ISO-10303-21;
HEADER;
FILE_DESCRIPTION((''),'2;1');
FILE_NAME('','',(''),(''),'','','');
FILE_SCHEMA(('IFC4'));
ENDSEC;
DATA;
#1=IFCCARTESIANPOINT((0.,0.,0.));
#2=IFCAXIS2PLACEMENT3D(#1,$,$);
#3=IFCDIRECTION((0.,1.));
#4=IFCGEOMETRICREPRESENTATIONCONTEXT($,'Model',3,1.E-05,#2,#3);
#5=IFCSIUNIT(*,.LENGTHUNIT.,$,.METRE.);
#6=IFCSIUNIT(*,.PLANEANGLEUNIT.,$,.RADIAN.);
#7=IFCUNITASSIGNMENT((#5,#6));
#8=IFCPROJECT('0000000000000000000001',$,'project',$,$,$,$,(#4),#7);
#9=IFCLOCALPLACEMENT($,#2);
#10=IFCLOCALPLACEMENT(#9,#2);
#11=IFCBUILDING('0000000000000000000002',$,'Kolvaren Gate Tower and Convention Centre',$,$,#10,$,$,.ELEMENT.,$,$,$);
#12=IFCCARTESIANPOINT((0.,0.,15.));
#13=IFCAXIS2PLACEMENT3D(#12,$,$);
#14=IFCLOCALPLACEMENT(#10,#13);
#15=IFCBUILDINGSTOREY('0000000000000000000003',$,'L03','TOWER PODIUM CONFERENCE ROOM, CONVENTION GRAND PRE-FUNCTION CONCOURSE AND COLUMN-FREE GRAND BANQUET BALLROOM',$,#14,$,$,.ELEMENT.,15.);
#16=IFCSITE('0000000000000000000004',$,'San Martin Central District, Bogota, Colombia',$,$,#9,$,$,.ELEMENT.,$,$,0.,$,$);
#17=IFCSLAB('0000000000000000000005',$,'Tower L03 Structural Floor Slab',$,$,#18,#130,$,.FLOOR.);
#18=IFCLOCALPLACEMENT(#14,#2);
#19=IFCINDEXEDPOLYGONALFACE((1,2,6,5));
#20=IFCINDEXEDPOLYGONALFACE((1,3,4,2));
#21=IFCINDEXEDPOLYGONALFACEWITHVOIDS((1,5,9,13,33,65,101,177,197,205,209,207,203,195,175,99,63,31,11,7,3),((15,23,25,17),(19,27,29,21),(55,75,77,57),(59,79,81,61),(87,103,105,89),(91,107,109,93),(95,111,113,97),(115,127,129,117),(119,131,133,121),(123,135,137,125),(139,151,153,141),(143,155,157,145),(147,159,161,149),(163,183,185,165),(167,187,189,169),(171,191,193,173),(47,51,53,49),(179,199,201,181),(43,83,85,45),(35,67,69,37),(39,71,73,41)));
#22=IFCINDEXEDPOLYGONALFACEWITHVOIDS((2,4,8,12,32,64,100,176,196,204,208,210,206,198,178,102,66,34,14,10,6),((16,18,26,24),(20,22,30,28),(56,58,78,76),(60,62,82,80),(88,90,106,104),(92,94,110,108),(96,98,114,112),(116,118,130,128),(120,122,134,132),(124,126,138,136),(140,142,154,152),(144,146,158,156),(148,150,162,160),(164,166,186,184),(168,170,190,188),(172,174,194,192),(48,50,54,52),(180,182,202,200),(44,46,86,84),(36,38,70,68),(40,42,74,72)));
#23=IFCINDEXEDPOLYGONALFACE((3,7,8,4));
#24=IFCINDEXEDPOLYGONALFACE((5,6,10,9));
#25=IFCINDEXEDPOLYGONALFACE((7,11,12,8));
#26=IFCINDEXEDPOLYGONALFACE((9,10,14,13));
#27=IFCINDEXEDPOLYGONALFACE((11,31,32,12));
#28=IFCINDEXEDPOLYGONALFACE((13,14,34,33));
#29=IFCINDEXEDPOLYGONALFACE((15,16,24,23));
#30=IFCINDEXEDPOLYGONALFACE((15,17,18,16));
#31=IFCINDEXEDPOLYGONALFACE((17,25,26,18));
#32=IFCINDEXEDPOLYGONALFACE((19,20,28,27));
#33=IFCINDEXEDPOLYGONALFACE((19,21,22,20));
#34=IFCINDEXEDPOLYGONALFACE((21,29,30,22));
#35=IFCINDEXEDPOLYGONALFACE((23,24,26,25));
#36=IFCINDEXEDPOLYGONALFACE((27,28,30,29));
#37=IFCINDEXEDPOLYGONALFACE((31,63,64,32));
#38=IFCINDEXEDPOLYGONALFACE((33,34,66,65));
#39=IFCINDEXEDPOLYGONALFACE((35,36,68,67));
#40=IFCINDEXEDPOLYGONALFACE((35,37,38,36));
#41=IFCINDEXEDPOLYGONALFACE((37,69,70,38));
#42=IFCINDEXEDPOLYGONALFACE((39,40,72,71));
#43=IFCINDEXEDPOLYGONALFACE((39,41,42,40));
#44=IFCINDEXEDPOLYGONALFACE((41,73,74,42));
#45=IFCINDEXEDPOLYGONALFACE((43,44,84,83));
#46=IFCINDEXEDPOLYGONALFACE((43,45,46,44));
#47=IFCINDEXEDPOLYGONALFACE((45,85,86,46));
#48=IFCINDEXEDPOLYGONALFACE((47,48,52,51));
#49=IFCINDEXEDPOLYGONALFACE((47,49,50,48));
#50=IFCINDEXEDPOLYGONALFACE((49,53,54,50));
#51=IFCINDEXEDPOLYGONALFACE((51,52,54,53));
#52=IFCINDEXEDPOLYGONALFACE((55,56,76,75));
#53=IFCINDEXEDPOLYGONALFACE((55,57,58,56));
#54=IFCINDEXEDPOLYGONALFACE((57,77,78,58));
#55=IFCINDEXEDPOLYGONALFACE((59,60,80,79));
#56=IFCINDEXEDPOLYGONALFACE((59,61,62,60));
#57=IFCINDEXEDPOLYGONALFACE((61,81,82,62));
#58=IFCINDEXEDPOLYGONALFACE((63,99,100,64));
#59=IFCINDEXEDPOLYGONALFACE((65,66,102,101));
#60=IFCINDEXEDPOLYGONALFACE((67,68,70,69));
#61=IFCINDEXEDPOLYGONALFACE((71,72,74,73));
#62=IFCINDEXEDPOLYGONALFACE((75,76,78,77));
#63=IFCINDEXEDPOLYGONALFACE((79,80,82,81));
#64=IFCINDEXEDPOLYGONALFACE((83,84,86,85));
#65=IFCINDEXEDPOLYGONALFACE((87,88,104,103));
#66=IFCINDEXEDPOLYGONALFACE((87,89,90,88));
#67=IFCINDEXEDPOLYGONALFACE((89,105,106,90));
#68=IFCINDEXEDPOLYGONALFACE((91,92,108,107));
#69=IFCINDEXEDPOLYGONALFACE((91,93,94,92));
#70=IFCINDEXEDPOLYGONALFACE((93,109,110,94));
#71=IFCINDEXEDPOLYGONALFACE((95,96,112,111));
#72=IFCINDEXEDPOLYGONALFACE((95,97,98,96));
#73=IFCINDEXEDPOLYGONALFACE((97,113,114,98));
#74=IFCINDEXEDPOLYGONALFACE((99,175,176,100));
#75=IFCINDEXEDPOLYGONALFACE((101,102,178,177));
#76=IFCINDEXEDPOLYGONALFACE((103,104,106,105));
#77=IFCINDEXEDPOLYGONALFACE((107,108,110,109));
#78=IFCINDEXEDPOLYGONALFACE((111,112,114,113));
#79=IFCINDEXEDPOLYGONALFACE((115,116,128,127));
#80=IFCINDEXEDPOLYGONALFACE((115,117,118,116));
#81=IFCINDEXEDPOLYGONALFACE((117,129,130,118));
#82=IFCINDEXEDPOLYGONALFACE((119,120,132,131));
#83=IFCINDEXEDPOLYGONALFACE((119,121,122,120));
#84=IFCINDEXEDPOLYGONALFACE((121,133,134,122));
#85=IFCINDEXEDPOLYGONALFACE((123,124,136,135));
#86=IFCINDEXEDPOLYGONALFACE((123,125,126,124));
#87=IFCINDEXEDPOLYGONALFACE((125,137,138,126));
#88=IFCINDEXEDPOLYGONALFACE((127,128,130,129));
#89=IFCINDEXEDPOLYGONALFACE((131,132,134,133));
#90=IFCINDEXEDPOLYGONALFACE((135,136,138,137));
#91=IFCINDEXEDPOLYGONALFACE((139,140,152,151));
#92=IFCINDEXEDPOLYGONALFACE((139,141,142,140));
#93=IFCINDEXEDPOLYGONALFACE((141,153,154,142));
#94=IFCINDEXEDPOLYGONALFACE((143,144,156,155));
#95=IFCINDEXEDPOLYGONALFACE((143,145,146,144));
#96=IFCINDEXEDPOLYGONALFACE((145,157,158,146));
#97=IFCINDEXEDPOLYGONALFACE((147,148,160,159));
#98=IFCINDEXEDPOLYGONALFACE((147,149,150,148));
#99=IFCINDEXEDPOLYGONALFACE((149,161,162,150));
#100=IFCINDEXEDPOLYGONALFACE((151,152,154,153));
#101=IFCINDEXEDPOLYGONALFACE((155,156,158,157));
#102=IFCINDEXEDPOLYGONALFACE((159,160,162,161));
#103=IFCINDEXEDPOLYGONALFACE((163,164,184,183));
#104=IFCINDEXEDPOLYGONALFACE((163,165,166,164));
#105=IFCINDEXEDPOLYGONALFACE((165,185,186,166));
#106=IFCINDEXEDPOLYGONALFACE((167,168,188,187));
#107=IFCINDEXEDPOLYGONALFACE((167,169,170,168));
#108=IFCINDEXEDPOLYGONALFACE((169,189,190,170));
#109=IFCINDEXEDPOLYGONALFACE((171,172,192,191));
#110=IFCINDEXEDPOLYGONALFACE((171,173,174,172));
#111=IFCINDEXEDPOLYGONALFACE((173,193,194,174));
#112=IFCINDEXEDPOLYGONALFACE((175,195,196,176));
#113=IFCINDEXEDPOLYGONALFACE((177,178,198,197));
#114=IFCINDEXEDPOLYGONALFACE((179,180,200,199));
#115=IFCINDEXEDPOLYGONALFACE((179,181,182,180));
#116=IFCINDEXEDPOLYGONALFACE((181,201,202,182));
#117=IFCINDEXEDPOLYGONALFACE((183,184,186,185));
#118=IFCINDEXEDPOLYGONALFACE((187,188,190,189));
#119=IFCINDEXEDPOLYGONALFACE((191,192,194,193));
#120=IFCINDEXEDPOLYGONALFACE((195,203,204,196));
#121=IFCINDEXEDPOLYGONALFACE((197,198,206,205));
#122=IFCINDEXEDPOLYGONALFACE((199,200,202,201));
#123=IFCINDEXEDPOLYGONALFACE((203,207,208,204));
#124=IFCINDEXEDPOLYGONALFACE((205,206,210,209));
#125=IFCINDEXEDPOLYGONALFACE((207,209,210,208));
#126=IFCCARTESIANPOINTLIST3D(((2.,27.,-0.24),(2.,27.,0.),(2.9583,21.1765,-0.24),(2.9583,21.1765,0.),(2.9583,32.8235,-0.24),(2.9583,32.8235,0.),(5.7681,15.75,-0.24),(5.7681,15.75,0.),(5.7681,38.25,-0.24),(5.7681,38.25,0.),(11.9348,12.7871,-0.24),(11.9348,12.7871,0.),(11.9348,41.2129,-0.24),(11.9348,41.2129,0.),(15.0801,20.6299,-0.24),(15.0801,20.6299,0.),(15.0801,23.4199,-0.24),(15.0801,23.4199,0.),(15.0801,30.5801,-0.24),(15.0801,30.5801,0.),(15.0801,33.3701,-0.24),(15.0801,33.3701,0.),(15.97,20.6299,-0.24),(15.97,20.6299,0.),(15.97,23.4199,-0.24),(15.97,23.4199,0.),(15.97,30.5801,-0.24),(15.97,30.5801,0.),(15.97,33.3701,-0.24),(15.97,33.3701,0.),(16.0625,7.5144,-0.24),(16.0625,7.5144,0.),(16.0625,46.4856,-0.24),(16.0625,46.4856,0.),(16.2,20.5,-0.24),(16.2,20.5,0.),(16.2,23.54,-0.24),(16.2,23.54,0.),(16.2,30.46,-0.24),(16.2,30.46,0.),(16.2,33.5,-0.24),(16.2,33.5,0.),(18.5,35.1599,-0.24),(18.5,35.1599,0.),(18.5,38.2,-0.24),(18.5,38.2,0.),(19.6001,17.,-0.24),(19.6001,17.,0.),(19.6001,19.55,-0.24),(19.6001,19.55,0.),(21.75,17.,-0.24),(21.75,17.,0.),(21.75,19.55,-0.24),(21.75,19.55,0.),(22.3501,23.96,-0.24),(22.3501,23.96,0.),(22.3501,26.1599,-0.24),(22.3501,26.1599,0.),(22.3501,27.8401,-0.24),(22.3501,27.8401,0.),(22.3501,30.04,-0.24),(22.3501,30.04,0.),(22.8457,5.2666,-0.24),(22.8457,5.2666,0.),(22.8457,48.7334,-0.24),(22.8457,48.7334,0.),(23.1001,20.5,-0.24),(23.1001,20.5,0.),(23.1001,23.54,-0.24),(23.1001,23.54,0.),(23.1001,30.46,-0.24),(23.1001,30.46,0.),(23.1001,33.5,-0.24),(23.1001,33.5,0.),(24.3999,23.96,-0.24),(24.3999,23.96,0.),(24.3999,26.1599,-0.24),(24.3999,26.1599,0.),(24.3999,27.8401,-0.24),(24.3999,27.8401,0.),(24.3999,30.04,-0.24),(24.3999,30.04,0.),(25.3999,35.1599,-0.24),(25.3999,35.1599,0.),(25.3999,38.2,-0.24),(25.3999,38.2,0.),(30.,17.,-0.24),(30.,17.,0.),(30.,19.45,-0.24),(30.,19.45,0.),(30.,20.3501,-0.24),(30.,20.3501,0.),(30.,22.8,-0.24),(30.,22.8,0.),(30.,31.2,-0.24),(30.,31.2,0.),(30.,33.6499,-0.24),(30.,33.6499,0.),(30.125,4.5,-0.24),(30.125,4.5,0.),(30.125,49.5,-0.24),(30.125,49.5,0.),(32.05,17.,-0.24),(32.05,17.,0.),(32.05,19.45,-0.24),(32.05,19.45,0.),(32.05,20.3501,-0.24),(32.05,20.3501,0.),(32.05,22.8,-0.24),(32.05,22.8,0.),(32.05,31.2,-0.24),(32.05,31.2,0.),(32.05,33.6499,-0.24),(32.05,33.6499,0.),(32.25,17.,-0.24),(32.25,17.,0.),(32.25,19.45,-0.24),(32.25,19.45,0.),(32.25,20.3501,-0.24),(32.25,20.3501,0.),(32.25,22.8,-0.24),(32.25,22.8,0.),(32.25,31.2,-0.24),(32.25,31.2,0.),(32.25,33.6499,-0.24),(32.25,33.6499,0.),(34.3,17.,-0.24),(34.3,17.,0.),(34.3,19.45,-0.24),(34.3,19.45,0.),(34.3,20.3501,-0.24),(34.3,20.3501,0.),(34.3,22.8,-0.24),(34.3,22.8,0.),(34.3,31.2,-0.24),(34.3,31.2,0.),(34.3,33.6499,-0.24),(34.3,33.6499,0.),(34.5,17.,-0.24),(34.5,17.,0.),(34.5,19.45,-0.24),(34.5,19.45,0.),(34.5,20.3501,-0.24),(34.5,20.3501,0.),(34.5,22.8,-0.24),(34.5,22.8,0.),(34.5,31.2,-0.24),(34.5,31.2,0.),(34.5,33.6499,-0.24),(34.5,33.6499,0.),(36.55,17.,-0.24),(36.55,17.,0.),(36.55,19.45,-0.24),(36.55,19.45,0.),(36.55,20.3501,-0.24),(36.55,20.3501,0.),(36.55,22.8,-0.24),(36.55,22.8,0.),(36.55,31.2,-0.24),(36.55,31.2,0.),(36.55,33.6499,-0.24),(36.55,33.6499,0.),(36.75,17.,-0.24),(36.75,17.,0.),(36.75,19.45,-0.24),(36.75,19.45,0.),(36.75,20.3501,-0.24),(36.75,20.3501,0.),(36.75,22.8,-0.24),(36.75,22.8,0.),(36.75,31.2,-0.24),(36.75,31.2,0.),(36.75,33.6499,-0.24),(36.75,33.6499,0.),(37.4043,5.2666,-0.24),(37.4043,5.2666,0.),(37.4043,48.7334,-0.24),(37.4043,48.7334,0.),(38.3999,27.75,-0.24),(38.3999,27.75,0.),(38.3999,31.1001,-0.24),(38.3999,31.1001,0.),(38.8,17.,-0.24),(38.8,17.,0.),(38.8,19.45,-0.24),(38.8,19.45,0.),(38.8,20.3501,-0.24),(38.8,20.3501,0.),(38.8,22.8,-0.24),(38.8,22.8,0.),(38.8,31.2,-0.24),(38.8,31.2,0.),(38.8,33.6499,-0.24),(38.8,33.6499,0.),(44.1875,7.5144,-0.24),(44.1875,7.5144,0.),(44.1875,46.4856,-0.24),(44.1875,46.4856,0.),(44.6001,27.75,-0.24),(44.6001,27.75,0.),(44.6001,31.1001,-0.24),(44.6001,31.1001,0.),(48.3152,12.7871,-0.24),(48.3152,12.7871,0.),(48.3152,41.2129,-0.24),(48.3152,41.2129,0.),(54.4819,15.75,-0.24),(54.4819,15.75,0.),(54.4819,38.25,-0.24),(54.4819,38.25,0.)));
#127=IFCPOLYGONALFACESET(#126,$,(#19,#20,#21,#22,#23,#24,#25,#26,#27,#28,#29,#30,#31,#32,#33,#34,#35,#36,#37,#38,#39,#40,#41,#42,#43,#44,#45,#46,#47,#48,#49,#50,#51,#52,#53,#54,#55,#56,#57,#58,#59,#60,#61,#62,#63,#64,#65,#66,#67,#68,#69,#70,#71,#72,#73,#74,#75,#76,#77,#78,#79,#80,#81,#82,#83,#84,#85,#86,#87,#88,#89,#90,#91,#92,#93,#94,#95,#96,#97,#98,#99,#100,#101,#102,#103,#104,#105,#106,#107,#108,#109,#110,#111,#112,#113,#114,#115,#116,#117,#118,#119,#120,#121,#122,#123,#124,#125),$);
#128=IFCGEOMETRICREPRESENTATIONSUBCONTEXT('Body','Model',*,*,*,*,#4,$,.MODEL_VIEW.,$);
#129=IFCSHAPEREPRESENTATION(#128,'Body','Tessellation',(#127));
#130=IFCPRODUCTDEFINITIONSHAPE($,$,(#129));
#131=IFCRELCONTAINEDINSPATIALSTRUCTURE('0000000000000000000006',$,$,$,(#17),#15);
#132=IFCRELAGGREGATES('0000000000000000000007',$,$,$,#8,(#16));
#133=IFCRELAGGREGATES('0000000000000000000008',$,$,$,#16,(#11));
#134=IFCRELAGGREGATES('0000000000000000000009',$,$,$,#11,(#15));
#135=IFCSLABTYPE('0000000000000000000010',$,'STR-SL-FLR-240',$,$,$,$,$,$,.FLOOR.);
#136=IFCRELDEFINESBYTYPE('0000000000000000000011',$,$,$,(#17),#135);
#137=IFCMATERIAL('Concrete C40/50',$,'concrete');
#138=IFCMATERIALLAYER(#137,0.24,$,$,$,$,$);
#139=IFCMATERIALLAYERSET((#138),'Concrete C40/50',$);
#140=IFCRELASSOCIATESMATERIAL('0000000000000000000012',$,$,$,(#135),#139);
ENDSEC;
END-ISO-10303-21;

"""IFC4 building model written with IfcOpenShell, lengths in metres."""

from ifc_helpers import new_model, si_unit, direction, frame, origin, place, context, subcontext, project, spatial, polyline, outline, extrude, material, layer, layer_set, type_object, element, save


model = new_model("IFC4")

# Units and contexts
model_context = context("Model", 3, precision=1e-05, world=origin(), true_north=direction((0.0, 1.0)))
body_context = subcontext(model_context, "Body", "Model", "MODEL_VIEW")
ifc_project = project(units=[si_unit("LENGTHUNIT", "METRE"), si_unit("PLANEANGLEUNIT", "RADIAN")], contexts=[model_context])

# Site, building, storey
site_placement = place(None, origin())
site = spatial("IfcSite", under=ifc_project, at=site_placement, Name="San Martin Central District, Bogota, Colombia", CompositionType="ELEMENT", RefElevation=0.0)
building_placement = place(site_placement, origin())
building = spatial("IfcBuilding", under=site, at=building_placement, Name="Kolvaren Gate Tower and Convention Centre", CompositionType="ELEMENT")
storey_placement = place(building_placement, frame((0.0, 0.0, 15.0)))
storey = spatial("IfcBuildingStorey", under=building, at=storey_placement, Name="L03", Description="TOWER PODIUM CONFERENCE ROOM, CONVENTION GRAND PRE-FUNCTION CONCOURSE AND COLUMN-FREE GRAND BANQUET BALLROOM", CompositionType="ELEMENT", Elevation=15.0)

# Slab
ifc_material_1 = material(Name="Concrete C40/50", Category="concrete")
ifc_layer_1 = layer(ifc_material_1, 0.24)
ifc_layer_set_1 = layer_set([ifc_layer_1], Name="Concrete C40/50")
slab_type_1 = type_object("IfcSlabType", Name="STR-SL-FLR-240", PredefinedType="FLOOR", material=ifc_layer_set_1)
slab_1_placement = place(storey_placement, frame((0.0, 0.0, -0.24)))
element("IfcSlab", 1, at=slab_1_placement, inside=storey, type_object=slab_type_1, Name="Tower L03 Structural Floor Slab", PredefinedType="FLOOR", context=body_context, shape_type="SweptSolid", body=[
    extrude(outline(polyline([(54.4819, 38.25), (48.3152, 41.2129), (44.1875, 46.4856), (37.4043, 48.7334), (30.125, 49.5), (22.8457, 48.7334), (16.0625, 46.4856), (11.9348, 41.2129), (5.7681, 38.25), (2.9583, 32.8235), (2.0, 27.0), (2.9583, 21.1765), (5.7681, 15.75), (11.9348, 12.7871), (16.0625, 7.5144), (22.8457, 5.2666), (30.125, 4.5), (37.4043, 5.2666), (44.1875, 7.5144), (48.3152, 12.7871), (54.4819, 15.75), (54.4819, 38.25)]), holes=[polyline([(38.3999, 31.1001), (44.6001, 31.1001), (44.6001, 27.75), (38.3999, 27.75), (38.3999, 31.1001)]), polyline([(36.75, 33.6499), (38.8, 33.6499), (38.8, 31.2), (36.75, 31.2), (36.75, 33.6499)]), polyline([(36.75, 22.8), (38.8, 22.8), (38.8, 20.3501), (36.75, 20.3501), (36.75, 22.8)]), polyline([(36.75, 19.45), (38.8, 19.45), (38.8, 17.0), (36.75, 17.0), (36.75, 19.45)]), polyline([(34.5, 33.6499), (36.55, 33.6499), (36.55, 31.2), (34.5, 31.2), (34.5, 33.6499)]), polyline([(34.5, 20.3501), (34.5, 22.8), (36.55, 22.8), (36.55, 20.3501), (34.5, 20.3501)]), polyline([(34.5, 17.0), (34.5, 19.45), (36.55, 19.45), (36.55, 17.0), (34.5, 17.0)]), polyline([(32.25, 31.2), (32.25, 33.6499), (34.3, 33.6499), (34.3, 31.2), (32.25, 31.2)]), polyline([(32.25, 22.8), (34.3, 22.8), (34.3, 20.3501), (32.25, 20.3501), (32.25, 22.8)]), polyline([(32.25, 17.0), (32.25, 19.45), (34.3, 19.45), (34.3, 17.0), (32.25, 17.0)]), polyline([(30.0, 33.6499), (32.05, 33.6499), (32.05, 31.2), (30.0, 31.2), (30.0, 33.6499)]), polyline([(30.0, 20.3501), (30.0, 22.8), (32.05, 22.8), (32.05, 20.3501), (30.0, 20.3501)]), polyline([(30.0, 17.0), (30.0, 19.45), (32.05, 19.45), (32.05, 17.0), (30.0, 17.0)]), polyline([(25.3999, 38.2), (25.3999, 35.1599), (18.5, 35.1599), (18.5, 38.2), (25.3999, 38.2)]), polyline([(22.3501, 27.8401), (22.3501, 30.04), (24.3999, 30.04), (24.3999, 27.8401), (22.3501, 27.8401)]), polyline([(22.3501, 23.96), (22.3501, 26.1599), (24.3999, 26.1599), (24.3999, 23.96), (22.3501, 23.96)]), polyline([(23.1001, 30.46), (16.2, 30.46), (16.2, 33.5), (23.1001, 33.5), (23.1001, 30.46)]), polyline([(23.1001, 20.5), (16.2, 20.5), (16.2, 23.54), (23.1001, 23.54), (23.1001, 20.5)]), polyline([(19.6001, 17.0), (19.6001, 19.55), (21.75, 19.55), (21.75, 17.0), (19.6001, 17.0)]), polyline([(15.0801, 23.4199), (15.97, 23.4199), (15.97, 20.6299), (15.0801, 20.6299), (15.0801, 23.4199)]), polyline([(15.0801, 30.5801), (15.0801, 33.3701), (15.97, 33.3701), (15.97, 30.5801), (15.0801, 30.5801)])]), origin(), (0.0, 0.0, 1.0), 0.24),
])

save(model, "model.ifc")
